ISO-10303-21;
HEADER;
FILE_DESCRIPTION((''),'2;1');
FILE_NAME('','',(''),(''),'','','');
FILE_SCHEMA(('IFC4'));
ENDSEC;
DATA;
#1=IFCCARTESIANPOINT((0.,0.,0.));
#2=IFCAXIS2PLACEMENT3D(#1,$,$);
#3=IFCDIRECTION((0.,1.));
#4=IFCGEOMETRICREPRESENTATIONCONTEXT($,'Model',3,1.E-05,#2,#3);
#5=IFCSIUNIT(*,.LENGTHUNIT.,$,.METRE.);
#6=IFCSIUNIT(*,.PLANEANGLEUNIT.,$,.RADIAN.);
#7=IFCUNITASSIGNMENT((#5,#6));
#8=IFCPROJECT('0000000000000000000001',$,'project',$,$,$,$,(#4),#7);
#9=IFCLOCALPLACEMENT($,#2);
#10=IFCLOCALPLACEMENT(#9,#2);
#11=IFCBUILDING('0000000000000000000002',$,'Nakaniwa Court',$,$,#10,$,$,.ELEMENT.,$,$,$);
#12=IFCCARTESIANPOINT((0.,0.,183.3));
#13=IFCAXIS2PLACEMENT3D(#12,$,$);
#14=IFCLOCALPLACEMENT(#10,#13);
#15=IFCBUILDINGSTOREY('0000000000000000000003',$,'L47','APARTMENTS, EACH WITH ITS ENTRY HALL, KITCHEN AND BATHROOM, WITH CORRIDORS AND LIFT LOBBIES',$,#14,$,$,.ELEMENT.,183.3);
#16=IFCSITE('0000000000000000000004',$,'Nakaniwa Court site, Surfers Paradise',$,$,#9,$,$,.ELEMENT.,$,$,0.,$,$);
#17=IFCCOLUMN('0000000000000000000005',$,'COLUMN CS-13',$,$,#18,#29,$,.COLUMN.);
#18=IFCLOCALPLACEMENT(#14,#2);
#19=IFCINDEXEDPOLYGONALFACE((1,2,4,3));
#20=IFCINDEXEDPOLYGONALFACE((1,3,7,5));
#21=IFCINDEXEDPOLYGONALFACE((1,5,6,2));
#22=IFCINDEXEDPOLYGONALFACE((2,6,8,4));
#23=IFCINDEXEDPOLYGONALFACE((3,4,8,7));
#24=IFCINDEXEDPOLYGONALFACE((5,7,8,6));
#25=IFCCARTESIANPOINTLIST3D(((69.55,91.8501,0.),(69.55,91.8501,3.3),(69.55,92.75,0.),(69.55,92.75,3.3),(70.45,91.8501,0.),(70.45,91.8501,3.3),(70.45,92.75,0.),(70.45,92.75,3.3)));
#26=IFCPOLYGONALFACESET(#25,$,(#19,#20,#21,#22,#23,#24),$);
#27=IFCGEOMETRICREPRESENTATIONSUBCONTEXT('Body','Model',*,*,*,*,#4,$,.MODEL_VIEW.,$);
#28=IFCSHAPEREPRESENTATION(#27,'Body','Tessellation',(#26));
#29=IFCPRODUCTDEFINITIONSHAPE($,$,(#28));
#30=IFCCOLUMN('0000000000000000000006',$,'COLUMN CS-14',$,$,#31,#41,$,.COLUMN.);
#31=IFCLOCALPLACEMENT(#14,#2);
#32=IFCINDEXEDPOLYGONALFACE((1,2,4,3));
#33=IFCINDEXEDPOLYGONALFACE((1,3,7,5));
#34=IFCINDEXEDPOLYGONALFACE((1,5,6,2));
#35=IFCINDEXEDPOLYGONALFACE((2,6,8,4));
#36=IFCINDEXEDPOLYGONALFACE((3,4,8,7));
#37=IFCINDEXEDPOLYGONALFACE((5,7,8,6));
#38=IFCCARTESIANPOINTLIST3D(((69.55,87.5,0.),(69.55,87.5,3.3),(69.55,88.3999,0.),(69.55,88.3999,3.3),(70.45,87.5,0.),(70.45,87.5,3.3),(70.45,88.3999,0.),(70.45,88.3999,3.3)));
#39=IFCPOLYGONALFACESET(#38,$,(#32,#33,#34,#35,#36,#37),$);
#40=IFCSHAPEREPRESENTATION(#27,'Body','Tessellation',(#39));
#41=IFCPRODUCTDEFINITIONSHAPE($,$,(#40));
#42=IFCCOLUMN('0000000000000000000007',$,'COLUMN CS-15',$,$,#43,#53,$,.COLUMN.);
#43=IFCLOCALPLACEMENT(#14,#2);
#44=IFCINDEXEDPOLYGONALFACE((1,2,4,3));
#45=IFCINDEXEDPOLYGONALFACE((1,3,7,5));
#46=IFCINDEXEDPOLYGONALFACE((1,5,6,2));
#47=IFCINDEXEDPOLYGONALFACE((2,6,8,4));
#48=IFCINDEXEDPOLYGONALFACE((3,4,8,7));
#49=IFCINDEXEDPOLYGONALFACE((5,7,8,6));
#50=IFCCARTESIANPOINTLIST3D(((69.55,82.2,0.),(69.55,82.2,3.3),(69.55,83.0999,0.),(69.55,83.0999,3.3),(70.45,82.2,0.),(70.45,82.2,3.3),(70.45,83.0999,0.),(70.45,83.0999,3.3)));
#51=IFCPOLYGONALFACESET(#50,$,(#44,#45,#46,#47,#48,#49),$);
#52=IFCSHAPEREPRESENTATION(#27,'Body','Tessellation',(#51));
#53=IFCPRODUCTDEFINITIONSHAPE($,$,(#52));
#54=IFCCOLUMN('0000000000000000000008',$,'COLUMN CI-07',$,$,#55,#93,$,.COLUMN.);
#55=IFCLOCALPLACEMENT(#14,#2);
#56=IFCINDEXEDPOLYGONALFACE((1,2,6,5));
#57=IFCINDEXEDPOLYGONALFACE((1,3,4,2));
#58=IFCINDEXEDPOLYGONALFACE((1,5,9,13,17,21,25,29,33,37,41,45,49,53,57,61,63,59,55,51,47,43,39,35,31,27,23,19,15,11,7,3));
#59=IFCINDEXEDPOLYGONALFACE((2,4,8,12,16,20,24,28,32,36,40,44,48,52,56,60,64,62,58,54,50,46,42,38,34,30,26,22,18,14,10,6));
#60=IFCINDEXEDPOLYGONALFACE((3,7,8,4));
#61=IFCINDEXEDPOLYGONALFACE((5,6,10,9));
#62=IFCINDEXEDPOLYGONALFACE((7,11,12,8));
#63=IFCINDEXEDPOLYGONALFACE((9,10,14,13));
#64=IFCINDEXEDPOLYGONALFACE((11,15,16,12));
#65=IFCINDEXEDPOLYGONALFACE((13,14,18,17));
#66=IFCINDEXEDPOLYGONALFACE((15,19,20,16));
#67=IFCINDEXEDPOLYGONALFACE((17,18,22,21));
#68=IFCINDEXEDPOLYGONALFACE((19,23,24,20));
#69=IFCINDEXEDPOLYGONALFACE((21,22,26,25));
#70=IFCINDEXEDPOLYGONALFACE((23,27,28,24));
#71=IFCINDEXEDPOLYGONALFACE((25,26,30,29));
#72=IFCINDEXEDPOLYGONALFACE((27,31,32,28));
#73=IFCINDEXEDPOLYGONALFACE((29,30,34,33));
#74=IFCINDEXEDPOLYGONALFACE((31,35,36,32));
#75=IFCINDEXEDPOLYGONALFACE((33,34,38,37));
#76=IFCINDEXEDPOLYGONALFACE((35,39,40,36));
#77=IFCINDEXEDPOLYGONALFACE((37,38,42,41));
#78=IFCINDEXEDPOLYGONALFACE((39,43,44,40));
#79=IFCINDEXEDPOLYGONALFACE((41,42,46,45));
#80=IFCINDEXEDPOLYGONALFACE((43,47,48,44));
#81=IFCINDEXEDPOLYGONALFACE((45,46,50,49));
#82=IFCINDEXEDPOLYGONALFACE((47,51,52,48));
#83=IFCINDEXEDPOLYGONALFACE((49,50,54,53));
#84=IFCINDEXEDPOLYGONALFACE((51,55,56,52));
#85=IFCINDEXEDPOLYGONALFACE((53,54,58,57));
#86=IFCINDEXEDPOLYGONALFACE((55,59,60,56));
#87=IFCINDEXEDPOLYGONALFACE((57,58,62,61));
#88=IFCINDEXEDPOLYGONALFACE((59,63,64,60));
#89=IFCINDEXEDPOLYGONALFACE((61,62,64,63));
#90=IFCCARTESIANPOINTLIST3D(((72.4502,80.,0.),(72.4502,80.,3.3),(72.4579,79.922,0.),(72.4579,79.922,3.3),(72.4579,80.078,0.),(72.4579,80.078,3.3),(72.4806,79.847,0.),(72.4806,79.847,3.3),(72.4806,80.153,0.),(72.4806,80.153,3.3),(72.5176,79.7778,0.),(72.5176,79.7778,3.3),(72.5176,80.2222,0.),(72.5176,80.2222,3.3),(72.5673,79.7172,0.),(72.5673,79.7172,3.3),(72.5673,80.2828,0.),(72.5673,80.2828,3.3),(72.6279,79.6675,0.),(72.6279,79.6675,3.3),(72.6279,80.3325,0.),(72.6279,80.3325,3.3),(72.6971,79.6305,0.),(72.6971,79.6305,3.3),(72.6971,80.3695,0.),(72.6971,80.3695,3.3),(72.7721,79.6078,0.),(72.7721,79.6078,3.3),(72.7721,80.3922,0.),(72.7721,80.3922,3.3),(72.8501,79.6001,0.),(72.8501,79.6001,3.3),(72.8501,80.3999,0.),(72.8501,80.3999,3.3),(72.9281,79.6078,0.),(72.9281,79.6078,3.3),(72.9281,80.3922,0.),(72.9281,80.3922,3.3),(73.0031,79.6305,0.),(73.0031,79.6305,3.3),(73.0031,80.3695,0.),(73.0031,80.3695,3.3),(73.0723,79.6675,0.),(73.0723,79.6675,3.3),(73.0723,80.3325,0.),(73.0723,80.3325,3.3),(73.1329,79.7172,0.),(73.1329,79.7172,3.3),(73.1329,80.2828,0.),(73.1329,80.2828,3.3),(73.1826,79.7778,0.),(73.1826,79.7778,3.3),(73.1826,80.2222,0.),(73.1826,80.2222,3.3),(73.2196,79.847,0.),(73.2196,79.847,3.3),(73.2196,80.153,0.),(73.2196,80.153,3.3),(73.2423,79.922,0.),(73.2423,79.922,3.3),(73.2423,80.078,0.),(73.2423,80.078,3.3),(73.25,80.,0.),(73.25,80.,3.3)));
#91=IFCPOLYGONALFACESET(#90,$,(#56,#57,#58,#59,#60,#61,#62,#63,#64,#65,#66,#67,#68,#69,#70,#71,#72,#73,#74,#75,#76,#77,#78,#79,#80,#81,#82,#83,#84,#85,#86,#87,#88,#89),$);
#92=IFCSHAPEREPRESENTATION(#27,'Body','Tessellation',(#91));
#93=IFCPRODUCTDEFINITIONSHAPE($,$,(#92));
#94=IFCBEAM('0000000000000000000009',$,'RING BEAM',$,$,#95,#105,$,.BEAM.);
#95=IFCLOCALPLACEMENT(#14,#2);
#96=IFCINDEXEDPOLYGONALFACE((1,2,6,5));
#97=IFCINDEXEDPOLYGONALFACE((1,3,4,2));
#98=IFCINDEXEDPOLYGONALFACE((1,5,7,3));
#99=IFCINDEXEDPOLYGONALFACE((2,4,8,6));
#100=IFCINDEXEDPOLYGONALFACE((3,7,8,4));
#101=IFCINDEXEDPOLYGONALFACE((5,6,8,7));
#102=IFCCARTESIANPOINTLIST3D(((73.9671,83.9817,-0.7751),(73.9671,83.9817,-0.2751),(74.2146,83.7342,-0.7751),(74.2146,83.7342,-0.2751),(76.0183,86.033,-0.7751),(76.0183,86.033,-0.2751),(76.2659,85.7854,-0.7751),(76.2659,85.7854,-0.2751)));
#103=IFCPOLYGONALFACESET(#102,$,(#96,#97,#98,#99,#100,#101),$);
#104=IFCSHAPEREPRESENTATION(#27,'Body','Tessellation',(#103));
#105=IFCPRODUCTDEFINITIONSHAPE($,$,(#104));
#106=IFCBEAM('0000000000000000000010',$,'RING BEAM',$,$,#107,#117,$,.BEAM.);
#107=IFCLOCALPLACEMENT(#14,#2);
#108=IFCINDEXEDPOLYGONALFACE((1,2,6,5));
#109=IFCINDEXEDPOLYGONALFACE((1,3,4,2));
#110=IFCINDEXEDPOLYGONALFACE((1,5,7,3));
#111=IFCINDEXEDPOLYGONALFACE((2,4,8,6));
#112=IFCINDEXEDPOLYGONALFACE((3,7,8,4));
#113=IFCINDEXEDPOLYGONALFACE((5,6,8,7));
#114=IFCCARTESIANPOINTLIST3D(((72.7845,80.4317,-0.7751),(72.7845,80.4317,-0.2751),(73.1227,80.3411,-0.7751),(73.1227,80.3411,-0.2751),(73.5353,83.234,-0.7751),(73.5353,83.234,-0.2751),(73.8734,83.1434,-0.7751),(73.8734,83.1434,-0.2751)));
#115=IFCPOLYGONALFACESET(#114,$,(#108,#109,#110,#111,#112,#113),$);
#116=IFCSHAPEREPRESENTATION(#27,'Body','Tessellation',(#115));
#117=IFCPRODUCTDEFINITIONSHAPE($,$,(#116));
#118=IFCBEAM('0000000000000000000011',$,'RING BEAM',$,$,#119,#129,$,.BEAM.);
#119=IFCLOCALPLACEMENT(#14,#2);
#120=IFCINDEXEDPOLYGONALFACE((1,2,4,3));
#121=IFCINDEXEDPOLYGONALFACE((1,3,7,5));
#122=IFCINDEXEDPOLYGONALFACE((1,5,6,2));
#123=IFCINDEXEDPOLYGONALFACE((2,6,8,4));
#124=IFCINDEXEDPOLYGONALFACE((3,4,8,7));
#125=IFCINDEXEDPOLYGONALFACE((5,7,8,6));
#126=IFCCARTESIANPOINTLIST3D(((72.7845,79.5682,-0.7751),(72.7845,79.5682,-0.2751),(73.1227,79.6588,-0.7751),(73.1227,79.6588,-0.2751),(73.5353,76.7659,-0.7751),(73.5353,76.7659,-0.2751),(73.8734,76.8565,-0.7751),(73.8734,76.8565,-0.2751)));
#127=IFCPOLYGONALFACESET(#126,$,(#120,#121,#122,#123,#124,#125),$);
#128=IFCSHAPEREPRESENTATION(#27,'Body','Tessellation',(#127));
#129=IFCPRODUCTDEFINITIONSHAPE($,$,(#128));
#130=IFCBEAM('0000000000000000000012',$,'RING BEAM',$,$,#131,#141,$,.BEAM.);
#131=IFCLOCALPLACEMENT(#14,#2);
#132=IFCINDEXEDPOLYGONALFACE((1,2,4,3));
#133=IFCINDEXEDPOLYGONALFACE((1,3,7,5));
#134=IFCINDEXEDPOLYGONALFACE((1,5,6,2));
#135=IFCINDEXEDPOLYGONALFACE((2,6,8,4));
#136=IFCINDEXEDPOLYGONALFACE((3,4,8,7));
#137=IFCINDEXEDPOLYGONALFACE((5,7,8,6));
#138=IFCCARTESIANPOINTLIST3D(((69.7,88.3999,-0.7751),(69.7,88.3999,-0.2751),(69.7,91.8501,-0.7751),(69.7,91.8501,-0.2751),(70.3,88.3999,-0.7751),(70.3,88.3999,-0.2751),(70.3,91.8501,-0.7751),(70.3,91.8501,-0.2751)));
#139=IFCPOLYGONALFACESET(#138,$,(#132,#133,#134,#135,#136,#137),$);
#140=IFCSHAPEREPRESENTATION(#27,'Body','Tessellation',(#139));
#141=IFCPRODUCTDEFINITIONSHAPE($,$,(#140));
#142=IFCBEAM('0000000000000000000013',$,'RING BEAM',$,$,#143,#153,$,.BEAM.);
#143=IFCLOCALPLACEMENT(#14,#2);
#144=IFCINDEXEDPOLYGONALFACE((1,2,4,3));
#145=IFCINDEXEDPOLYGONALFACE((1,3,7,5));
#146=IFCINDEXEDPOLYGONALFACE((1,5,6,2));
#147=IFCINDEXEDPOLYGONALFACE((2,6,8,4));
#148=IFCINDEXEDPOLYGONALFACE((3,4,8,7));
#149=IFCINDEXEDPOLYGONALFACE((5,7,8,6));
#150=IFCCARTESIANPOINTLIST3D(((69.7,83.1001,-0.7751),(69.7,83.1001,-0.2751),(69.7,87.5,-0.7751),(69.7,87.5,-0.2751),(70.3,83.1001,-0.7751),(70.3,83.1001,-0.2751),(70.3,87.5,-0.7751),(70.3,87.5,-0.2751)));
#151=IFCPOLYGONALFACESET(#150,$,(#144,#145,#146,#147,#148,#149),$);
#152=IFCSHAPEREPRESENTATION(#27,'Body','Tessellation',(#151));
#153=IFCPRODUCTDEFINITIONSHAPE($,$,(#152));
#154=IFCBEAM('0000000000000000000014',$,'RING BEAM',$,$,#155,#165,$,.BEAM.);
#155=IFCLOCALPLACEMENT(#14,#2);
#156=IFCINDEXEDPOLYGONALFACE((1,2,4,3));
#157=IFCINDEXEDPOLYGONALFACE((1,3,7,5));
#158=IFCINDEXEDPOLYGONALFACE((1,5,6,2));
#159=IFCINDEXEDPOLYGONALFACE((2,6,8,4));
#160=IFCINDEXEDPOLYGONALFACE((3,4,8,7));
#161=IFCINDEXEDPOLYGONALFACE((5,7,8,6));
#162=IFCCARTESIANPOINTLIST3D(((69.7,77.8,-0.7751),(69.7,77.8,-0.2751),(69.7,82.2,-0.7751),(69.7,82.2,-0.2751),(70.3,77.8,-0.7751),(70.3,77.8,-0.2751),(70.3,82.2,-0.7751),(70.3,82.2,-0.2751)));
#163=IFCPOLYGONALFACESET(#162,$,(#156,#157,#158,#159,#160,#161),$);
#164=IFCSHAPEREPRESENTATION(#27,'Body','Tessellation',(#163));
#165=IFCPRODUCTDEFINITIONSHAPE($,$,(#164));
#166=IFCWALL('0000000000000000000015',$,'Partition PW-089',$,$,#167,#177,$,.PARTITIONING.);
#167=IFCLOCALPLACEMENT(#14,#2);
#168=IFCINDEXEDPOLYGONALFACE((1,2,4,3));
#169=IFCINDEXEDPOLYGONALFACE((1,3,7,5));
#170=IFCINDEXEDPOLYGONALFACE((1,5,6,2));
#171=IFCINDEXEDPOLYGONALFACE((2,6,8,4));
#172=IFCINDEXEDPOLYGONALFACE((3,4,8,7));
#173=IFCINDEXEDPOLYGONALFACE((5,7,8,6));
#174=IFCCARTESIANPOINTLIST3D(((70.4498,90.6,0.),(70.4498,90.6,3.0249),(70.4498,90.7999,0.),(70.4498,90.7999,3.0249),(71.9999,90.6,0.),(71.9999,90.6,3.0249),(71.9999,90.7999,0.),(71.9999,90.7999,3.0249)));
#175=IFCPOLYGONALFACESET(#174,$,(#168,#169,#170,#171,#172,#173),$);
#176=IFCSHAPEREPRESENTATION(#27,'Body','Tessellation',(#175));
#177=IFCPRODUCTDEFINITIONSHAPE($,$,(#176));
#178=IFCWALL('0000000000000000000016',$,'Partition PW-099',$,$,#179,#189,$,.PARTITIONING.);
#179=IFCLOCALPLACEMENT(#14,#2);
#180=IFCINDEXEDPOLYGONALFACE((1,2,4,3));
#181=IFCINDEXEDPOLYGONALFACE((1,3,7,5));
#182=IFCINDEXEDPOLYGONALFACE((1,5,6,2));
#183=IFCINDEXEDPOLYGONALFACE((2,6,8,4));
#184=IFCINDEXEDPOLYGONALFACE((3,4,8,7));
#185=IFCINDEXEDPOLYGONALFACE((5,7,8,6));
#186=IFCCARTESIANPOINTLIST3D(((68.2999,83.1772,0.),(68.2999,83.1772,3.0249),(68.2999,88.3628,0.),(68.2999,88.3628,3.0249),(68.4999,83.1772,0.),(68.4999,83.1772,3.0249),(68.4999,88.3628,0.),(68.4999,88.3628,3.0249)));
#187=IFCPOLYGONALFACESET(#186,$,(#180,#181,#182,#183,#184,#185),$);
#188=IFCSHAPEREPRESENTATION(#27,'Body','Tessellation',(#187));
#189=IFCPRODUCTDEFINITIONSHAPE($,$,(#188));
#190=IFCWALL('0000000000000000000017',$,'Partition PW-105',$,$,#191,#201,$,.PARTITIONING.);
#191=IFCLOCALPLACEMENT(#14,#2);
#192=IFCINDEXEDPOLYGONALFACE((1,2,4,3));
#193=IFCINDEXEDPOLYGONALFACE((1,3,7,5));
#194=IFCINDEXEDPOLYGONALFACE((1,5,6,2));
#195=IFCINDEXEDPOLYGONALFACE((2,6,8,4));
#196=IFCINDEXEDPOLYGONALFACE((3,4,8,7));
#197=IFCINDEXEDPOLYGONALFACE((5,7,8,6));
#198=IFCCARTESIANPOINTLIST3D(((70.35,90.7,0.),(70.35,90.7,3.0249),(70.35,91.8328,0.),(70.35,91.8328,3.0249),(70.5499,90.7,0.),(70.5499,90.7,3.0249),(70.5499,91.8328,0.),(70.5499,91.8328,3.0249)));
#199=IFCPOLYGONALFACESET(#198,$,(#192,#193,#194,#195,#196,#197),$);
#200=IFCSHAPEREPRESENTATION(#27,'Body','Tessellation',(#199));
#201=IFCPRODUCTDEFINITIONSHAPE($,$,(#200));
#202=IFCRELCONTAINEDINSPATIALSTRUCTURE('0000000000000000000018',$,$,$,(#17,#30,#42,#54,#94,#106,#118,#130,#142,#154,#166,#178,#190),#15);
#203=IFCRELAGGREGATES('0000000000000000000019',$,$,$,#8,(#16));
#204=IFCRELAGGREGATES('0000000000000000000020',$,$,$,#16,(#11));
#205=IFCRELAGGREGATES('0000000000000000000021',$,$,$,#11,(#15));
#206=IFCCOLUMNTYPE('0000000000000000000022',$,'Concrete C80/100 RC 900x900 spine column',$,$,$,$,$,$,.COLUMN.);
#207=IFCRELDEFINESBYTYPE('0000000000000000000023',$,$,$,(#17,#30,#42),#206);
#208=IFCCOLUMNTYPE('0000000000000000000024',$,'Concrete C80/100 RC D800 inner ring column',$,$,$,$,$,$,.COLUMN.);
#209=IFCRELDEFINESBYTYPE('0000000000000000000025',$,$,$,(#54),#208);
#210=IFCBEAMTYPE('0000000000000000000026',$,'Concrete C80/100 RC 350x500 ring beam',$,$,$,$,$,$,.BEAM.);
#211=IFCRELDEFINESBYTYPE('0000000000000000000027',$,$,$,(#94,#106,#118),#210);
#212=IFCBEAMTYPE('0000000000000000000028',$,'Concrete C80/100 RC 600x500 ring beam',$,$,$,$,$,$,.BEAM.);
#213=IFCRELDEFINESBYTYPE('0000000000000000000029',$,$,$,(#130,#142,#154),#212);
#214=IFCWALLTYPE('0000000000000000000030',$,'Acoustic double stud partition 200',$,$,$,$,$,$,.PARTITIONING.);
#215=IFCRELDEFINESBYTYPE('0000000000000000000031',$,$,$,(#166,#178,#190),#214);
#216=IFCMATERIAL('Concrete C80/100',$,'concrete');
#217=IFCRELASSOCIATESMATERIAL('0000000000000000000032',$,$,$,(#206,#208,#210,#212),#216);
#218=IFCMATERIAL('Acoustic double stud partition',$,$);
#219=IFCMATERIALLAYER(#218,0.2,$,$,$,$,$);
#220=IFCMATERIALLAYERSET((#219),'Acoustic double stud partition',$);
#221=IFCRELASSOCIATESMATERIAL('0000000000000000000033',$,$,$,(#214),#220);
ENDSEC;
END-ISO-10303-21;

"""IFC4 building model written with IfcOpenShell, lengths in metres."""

from ifc_helpers import new_model, si_unit, direction, frame, frame_2d, origin, origin_2d, place, context, subcontext, project, spatial, rectangle, circle, extrude, material, layer, layer_set, material_profile, profile_set, type_object, element, save


model = new_model("IFC4")

# Units and contexts
model_context = context("Model", 3, precision=1e-05, world=origin(), true_north=direction((0.0, 1.0)))
body_context = subcontext(model_context, "Body", "Model", "MODEL_VIEW")
ifc_project = project(units=[si_unit("LENGTHUNIT", "METRE"), si_unit("PLANEANGLEUNIT", "RADIAN")], contexts=[model_context])

# Site, building, storey
site_placement = place(None, origin())
site = spatial("IfcSite", under=ifc_project, at=site_placement, Name="Nakaniwa Court site, Surfers Paradise", CompositionType="ELEMENT", RefElevation=0.0)
building_placement = place(site_placement, origin())
building = spatial("IfcBuilding", under=site, at=building_placement, Name="Nakaniwa Court", CompositionType="ELEMENT")
storey_placement = place(building_placement, frame((0.0, 0.0, 183.3)))
storey = spatial("IfcBuildingStorey", under=building, at=storey_placement, Name="L47", Description="APARTMENTS, EACH WITH ITS ENTRY HALL, KITCHEN AND BATHROOM, WITH CORRIDORS AND LIFT LOBBIES", CompositionType="ELEMENT", Elevation=183.3)

# Columns
ifc_material_1 = material(Name="Concrete C80/100", Category="concrete")
ifc_material_profile_1 = material_profile(ifc_material_1, rectangle(XDim=0.8999, YDim=0.8999, at=origin_2d()), Name="Concrete C80/100 RC 900x900 spine column")
ifc_profile_set_1 = profile_set([ifc_material_profile_1], Name="Concrete C80/100")
column_type_1 = type_object("IfcColumnType", Name="Concrete C80/100 RC 900x900 spine column", PredefinedType="COLUMN", material=ifc_profile_set_1)
for number, where, z_axis, x_axis, name in (
    (1, (70.0, 92.3, 0.0), (0.0, 0.0, 1.0), (0.0, -1.0, 0.0), "COLUMN CS-13"),
    (2, (70.0, 87.95, 0.0), (0.0, 0.0, 1.0), (0.0, -1.0, 0.0), "COLUMN CS-14"),
    (3, (70.0, 82.6499, 0.0), (0.0, 0.0, 1.0), (0.0, -1.0, 0.0), "COLUMN CS-15"),
):
    element("IfcColumn", number, at=place(storey_placement, frame(where, z_axis=z_axis, x_axis=x_axis)), inside=storey, type_object=column_type_1, Name=name, PredefinedType="COLUMN", context=body_context, shape_type="SweptSolid", body=[
        extrude(rectangle(XDim=0.8999, YDim=0.8999, at=origin_2d()), origin(), (0.0, 0.0, 1.0), 3.3),
    ])
ifc_material_profile_2 = material_profile(ifc_material_1, circle(Radius=0.3999, at=origin_2d()), Name="Concrete C80/100 RC D800 inner ring column")
ifc_profile_set_2 = profile_set([ifc_material_profile_2], Name="Concrete C80/100")
column_type_2 = type_object("IfcColumnType", Name="Concrete C80/100 RC D800 inner ring column", PredefinedType="COLUMN", material=ifc_profile_set_2)
for number, where, z_axis, x_axis, name in (
    (4, (72.8501, 80.0, 0.0), (0.0, 0.0, 1.0), (0.0, -1.0, 0.0), "COLUMN CI-07"),
):
    element("IfcColumn", number, at=place(storey_placement, frame(where, z_axis=z_axis, x_axis=x_axis)), inside=storey, type_object=column_type_2, Name=name, PredefinedType="COLUMN", context=body_context, shape_type="SweptSolid", body=[
        extrude(circle(Radius=0.3999, at=origin_2d()), origin(), (0.0, 0.0, 1.0), 3.3),
    ])

# Beams
ifc_material_profile_3 = material_profile(ifc_material_1, rectangle(XDim=0.3501, YDim=0.5, at=origin_2d()), Name="Concrete C80/100 RC 350x500 ring beam")
ifc_profile_set_3 = profile_set([ifc_material_profile_3], Name="Concrete C80/100")
beam_type_1 = type_object("IfcBeamType", Name="Concrete C80/100 RC 350x500 ring beam", PredefinedType="BEAM", material=ifc_profile_set_3)
beam_1_placement = place(storey_placement, frame((76.1421, 85.9092, -0.5251), z_axis=(-0.707107, -0.707107, 0.0), x_axis=(0.707107, -0.707107, 0.0)))
element("IfcBeam", 5, at=beam_1_placement, inside=storey, type_object=beam_type_1, Name="RING BEAM", PredefinedType="BEAM", context=body_context, shape_type="SweptSolid", body=[
    extrude(rectangle(XDim=0.3501, YDim=0.5, at=origin_2d()), origin(), (0.0, 0.0, 1.0), 2.9009),
])
for number, where, z_axis, x_axis, name in (
    (6, (73.7043, 83.1887, -0.5251), (-0.258778, -0.965937, 0.0), (0.965937, -0.258778, 0.0), "RING BEAM"),
    (7, (72.9536, 79.6135, -0.5251), (0.258778, -0.965937, 0.0), (0.965937, 0.258778, 0.0), "RING BEAM"),
):
    element("IfcBeam", number, at=place(storey_placement, frame(where, z_axis=z_axis, x_axis=x_axis)), inside=storey, type_object=beam_type_1, Name=name, PredefinedType="BEAM", context=body_context, shape_type="SweptSolid", body=[
        extrude(rectangle(XDim=0.3501, YDim=0.5, at=origin_2d()), origin(), (0.0, 0.0, 1.0), 2.9011),
    ])
ifc_material_profile_4 = material_profile(ifc_material_1, rectangle(XDim=0.6001, YDim=0.5, at=origin_2d()), Name="Concrete C80/100 RC 600x500 ring beam")
ifc_profile_set_4 = profile_set([ifc_material_profile_4], Name="Concrete C80/100")
beam_type_2 = type_object("IfcBeamType", Name="Concrete C80/100 RC 600x500 ring beam", PredefinedType="BEAM", material=ifc_profile_set_4)
beam_2_placement = place(storey_placement, frame((70.0, 91.8501, -0.5251), z_axis=(0.0, -1.0, 0.0), x_axis=(1.0, 0.0, 0.0)))
element("IfcBeam", 8, at=beam_2_placement, inside=storey, type_object=beam_type_2, Name="RING BEAM", PredefinedType="BEAM", context=body_context, shape_type="SweptSolid", body=[
    extrude(rectangle(XDim=0.6001, YDim=0.5, at=origin_2d()), origin(), (0.0, 0.0, 1.0), 3.4502),
])
for number, where, z_axis, x_axis, name in (
    (9, (70.0, 87.5, -0.5251), (0.0, -1.0, 0.0), (1.0, 0.0, 0.0), "RING BEAM"),
    (10, (70.0, 82.2, -0.5251), (0.0, -1.0, 0.0), (1.0, 0.0, 0.0), "RING BEAM"),
):
    element("IfcBeam", number, at=place(storey_placement, frame(where, z_axis=z_axis, x_axis=x_axis)), inside=storey, type_object=beam_type_2, Name=name, PredefinedType="BEAM", context=body_context, shape_type="SweptSolid", body=[
        extrude(rectangle(XDim=0.6001, YDim=0.5, at=origin_2d()), origin(), (0.0, 0.0, 1.0), 4.3999),
    ])

# Walls
ifc_material_2 = material(Name="Acoustic double stud partition")
ifc_layer_1 = layer(ifc_material_2, 0.2)
ifc_layer_set_1 = layer_set([ifc_layer_1], Name="Acoustic double stud partition")
wall_type_1 = type_object("IfcWallType", Name="Acoustic double stud partition 200", PredefinedType="PARTITIONING", material=ifc_layer_set_1)
wall_1_placement = place(storey_placement, frame((70.45, 90.7, 0.0), z_axis=(0.0, 0.0, 1.0), x_axis=(1.0, 0.0, 0.0)))
element("IfcWall", 11, at=wall_1_placement, inside=storey, type_object=wall_type_1, Name="Partition PW-089", PredefinedType="PARTITIONING", context=body_context, shape_type="SweptSolid", body=[
    extrude(rectangle(XDim=1.55, YDim=0.2, at=frame_2d((0.7749, 0.0))), origin(), (0.0, 0.0, 1.0), 3.0249),
])
wall_2_placement = place(storey_placement, frame((68.3999, 83.1772, 0.0), z_axis=(0.0, 0.0, 1.0), x_axis=(0.0, 1.0, 0.0)))
element("IfcWall", 12, at=wall_2_placement, inside=storey, type_object=wall_type_1, Name="Partition PW-099", PredefinedType="PARTITIONING", context=body_context, shape_type="SweptSolid", body=[
    extrude(rectangle(XDim=5.1855, YDim=0.2, at=frame_2d((2.5928, 0.0))), origin(), (0.0, 0.0, 1.0), 3.0249),
])
wall_3_placement = place(storey_placement, frame((70.45, 90.7, 0.0), z_axis=(0.0, 0.0, 1.0), x_axis=(0.0, 1.0, 0.0)))
element("IfcWall", 13, at=wall_3_placement, inside=storey, type_object=wall_type_1, Name="Partition PW-105", PredefinedType="PARTITIONING", context=body_context, shape_type="SweptSolid", body=[
    extrude(rectangle(XDim=1.1328, YDim=0.2, at=frame_2d((0.5664, 0.0))), origin(), (0.0, 0.0, 1.0), 3.0249),
])

save(model, "model.ifc")
